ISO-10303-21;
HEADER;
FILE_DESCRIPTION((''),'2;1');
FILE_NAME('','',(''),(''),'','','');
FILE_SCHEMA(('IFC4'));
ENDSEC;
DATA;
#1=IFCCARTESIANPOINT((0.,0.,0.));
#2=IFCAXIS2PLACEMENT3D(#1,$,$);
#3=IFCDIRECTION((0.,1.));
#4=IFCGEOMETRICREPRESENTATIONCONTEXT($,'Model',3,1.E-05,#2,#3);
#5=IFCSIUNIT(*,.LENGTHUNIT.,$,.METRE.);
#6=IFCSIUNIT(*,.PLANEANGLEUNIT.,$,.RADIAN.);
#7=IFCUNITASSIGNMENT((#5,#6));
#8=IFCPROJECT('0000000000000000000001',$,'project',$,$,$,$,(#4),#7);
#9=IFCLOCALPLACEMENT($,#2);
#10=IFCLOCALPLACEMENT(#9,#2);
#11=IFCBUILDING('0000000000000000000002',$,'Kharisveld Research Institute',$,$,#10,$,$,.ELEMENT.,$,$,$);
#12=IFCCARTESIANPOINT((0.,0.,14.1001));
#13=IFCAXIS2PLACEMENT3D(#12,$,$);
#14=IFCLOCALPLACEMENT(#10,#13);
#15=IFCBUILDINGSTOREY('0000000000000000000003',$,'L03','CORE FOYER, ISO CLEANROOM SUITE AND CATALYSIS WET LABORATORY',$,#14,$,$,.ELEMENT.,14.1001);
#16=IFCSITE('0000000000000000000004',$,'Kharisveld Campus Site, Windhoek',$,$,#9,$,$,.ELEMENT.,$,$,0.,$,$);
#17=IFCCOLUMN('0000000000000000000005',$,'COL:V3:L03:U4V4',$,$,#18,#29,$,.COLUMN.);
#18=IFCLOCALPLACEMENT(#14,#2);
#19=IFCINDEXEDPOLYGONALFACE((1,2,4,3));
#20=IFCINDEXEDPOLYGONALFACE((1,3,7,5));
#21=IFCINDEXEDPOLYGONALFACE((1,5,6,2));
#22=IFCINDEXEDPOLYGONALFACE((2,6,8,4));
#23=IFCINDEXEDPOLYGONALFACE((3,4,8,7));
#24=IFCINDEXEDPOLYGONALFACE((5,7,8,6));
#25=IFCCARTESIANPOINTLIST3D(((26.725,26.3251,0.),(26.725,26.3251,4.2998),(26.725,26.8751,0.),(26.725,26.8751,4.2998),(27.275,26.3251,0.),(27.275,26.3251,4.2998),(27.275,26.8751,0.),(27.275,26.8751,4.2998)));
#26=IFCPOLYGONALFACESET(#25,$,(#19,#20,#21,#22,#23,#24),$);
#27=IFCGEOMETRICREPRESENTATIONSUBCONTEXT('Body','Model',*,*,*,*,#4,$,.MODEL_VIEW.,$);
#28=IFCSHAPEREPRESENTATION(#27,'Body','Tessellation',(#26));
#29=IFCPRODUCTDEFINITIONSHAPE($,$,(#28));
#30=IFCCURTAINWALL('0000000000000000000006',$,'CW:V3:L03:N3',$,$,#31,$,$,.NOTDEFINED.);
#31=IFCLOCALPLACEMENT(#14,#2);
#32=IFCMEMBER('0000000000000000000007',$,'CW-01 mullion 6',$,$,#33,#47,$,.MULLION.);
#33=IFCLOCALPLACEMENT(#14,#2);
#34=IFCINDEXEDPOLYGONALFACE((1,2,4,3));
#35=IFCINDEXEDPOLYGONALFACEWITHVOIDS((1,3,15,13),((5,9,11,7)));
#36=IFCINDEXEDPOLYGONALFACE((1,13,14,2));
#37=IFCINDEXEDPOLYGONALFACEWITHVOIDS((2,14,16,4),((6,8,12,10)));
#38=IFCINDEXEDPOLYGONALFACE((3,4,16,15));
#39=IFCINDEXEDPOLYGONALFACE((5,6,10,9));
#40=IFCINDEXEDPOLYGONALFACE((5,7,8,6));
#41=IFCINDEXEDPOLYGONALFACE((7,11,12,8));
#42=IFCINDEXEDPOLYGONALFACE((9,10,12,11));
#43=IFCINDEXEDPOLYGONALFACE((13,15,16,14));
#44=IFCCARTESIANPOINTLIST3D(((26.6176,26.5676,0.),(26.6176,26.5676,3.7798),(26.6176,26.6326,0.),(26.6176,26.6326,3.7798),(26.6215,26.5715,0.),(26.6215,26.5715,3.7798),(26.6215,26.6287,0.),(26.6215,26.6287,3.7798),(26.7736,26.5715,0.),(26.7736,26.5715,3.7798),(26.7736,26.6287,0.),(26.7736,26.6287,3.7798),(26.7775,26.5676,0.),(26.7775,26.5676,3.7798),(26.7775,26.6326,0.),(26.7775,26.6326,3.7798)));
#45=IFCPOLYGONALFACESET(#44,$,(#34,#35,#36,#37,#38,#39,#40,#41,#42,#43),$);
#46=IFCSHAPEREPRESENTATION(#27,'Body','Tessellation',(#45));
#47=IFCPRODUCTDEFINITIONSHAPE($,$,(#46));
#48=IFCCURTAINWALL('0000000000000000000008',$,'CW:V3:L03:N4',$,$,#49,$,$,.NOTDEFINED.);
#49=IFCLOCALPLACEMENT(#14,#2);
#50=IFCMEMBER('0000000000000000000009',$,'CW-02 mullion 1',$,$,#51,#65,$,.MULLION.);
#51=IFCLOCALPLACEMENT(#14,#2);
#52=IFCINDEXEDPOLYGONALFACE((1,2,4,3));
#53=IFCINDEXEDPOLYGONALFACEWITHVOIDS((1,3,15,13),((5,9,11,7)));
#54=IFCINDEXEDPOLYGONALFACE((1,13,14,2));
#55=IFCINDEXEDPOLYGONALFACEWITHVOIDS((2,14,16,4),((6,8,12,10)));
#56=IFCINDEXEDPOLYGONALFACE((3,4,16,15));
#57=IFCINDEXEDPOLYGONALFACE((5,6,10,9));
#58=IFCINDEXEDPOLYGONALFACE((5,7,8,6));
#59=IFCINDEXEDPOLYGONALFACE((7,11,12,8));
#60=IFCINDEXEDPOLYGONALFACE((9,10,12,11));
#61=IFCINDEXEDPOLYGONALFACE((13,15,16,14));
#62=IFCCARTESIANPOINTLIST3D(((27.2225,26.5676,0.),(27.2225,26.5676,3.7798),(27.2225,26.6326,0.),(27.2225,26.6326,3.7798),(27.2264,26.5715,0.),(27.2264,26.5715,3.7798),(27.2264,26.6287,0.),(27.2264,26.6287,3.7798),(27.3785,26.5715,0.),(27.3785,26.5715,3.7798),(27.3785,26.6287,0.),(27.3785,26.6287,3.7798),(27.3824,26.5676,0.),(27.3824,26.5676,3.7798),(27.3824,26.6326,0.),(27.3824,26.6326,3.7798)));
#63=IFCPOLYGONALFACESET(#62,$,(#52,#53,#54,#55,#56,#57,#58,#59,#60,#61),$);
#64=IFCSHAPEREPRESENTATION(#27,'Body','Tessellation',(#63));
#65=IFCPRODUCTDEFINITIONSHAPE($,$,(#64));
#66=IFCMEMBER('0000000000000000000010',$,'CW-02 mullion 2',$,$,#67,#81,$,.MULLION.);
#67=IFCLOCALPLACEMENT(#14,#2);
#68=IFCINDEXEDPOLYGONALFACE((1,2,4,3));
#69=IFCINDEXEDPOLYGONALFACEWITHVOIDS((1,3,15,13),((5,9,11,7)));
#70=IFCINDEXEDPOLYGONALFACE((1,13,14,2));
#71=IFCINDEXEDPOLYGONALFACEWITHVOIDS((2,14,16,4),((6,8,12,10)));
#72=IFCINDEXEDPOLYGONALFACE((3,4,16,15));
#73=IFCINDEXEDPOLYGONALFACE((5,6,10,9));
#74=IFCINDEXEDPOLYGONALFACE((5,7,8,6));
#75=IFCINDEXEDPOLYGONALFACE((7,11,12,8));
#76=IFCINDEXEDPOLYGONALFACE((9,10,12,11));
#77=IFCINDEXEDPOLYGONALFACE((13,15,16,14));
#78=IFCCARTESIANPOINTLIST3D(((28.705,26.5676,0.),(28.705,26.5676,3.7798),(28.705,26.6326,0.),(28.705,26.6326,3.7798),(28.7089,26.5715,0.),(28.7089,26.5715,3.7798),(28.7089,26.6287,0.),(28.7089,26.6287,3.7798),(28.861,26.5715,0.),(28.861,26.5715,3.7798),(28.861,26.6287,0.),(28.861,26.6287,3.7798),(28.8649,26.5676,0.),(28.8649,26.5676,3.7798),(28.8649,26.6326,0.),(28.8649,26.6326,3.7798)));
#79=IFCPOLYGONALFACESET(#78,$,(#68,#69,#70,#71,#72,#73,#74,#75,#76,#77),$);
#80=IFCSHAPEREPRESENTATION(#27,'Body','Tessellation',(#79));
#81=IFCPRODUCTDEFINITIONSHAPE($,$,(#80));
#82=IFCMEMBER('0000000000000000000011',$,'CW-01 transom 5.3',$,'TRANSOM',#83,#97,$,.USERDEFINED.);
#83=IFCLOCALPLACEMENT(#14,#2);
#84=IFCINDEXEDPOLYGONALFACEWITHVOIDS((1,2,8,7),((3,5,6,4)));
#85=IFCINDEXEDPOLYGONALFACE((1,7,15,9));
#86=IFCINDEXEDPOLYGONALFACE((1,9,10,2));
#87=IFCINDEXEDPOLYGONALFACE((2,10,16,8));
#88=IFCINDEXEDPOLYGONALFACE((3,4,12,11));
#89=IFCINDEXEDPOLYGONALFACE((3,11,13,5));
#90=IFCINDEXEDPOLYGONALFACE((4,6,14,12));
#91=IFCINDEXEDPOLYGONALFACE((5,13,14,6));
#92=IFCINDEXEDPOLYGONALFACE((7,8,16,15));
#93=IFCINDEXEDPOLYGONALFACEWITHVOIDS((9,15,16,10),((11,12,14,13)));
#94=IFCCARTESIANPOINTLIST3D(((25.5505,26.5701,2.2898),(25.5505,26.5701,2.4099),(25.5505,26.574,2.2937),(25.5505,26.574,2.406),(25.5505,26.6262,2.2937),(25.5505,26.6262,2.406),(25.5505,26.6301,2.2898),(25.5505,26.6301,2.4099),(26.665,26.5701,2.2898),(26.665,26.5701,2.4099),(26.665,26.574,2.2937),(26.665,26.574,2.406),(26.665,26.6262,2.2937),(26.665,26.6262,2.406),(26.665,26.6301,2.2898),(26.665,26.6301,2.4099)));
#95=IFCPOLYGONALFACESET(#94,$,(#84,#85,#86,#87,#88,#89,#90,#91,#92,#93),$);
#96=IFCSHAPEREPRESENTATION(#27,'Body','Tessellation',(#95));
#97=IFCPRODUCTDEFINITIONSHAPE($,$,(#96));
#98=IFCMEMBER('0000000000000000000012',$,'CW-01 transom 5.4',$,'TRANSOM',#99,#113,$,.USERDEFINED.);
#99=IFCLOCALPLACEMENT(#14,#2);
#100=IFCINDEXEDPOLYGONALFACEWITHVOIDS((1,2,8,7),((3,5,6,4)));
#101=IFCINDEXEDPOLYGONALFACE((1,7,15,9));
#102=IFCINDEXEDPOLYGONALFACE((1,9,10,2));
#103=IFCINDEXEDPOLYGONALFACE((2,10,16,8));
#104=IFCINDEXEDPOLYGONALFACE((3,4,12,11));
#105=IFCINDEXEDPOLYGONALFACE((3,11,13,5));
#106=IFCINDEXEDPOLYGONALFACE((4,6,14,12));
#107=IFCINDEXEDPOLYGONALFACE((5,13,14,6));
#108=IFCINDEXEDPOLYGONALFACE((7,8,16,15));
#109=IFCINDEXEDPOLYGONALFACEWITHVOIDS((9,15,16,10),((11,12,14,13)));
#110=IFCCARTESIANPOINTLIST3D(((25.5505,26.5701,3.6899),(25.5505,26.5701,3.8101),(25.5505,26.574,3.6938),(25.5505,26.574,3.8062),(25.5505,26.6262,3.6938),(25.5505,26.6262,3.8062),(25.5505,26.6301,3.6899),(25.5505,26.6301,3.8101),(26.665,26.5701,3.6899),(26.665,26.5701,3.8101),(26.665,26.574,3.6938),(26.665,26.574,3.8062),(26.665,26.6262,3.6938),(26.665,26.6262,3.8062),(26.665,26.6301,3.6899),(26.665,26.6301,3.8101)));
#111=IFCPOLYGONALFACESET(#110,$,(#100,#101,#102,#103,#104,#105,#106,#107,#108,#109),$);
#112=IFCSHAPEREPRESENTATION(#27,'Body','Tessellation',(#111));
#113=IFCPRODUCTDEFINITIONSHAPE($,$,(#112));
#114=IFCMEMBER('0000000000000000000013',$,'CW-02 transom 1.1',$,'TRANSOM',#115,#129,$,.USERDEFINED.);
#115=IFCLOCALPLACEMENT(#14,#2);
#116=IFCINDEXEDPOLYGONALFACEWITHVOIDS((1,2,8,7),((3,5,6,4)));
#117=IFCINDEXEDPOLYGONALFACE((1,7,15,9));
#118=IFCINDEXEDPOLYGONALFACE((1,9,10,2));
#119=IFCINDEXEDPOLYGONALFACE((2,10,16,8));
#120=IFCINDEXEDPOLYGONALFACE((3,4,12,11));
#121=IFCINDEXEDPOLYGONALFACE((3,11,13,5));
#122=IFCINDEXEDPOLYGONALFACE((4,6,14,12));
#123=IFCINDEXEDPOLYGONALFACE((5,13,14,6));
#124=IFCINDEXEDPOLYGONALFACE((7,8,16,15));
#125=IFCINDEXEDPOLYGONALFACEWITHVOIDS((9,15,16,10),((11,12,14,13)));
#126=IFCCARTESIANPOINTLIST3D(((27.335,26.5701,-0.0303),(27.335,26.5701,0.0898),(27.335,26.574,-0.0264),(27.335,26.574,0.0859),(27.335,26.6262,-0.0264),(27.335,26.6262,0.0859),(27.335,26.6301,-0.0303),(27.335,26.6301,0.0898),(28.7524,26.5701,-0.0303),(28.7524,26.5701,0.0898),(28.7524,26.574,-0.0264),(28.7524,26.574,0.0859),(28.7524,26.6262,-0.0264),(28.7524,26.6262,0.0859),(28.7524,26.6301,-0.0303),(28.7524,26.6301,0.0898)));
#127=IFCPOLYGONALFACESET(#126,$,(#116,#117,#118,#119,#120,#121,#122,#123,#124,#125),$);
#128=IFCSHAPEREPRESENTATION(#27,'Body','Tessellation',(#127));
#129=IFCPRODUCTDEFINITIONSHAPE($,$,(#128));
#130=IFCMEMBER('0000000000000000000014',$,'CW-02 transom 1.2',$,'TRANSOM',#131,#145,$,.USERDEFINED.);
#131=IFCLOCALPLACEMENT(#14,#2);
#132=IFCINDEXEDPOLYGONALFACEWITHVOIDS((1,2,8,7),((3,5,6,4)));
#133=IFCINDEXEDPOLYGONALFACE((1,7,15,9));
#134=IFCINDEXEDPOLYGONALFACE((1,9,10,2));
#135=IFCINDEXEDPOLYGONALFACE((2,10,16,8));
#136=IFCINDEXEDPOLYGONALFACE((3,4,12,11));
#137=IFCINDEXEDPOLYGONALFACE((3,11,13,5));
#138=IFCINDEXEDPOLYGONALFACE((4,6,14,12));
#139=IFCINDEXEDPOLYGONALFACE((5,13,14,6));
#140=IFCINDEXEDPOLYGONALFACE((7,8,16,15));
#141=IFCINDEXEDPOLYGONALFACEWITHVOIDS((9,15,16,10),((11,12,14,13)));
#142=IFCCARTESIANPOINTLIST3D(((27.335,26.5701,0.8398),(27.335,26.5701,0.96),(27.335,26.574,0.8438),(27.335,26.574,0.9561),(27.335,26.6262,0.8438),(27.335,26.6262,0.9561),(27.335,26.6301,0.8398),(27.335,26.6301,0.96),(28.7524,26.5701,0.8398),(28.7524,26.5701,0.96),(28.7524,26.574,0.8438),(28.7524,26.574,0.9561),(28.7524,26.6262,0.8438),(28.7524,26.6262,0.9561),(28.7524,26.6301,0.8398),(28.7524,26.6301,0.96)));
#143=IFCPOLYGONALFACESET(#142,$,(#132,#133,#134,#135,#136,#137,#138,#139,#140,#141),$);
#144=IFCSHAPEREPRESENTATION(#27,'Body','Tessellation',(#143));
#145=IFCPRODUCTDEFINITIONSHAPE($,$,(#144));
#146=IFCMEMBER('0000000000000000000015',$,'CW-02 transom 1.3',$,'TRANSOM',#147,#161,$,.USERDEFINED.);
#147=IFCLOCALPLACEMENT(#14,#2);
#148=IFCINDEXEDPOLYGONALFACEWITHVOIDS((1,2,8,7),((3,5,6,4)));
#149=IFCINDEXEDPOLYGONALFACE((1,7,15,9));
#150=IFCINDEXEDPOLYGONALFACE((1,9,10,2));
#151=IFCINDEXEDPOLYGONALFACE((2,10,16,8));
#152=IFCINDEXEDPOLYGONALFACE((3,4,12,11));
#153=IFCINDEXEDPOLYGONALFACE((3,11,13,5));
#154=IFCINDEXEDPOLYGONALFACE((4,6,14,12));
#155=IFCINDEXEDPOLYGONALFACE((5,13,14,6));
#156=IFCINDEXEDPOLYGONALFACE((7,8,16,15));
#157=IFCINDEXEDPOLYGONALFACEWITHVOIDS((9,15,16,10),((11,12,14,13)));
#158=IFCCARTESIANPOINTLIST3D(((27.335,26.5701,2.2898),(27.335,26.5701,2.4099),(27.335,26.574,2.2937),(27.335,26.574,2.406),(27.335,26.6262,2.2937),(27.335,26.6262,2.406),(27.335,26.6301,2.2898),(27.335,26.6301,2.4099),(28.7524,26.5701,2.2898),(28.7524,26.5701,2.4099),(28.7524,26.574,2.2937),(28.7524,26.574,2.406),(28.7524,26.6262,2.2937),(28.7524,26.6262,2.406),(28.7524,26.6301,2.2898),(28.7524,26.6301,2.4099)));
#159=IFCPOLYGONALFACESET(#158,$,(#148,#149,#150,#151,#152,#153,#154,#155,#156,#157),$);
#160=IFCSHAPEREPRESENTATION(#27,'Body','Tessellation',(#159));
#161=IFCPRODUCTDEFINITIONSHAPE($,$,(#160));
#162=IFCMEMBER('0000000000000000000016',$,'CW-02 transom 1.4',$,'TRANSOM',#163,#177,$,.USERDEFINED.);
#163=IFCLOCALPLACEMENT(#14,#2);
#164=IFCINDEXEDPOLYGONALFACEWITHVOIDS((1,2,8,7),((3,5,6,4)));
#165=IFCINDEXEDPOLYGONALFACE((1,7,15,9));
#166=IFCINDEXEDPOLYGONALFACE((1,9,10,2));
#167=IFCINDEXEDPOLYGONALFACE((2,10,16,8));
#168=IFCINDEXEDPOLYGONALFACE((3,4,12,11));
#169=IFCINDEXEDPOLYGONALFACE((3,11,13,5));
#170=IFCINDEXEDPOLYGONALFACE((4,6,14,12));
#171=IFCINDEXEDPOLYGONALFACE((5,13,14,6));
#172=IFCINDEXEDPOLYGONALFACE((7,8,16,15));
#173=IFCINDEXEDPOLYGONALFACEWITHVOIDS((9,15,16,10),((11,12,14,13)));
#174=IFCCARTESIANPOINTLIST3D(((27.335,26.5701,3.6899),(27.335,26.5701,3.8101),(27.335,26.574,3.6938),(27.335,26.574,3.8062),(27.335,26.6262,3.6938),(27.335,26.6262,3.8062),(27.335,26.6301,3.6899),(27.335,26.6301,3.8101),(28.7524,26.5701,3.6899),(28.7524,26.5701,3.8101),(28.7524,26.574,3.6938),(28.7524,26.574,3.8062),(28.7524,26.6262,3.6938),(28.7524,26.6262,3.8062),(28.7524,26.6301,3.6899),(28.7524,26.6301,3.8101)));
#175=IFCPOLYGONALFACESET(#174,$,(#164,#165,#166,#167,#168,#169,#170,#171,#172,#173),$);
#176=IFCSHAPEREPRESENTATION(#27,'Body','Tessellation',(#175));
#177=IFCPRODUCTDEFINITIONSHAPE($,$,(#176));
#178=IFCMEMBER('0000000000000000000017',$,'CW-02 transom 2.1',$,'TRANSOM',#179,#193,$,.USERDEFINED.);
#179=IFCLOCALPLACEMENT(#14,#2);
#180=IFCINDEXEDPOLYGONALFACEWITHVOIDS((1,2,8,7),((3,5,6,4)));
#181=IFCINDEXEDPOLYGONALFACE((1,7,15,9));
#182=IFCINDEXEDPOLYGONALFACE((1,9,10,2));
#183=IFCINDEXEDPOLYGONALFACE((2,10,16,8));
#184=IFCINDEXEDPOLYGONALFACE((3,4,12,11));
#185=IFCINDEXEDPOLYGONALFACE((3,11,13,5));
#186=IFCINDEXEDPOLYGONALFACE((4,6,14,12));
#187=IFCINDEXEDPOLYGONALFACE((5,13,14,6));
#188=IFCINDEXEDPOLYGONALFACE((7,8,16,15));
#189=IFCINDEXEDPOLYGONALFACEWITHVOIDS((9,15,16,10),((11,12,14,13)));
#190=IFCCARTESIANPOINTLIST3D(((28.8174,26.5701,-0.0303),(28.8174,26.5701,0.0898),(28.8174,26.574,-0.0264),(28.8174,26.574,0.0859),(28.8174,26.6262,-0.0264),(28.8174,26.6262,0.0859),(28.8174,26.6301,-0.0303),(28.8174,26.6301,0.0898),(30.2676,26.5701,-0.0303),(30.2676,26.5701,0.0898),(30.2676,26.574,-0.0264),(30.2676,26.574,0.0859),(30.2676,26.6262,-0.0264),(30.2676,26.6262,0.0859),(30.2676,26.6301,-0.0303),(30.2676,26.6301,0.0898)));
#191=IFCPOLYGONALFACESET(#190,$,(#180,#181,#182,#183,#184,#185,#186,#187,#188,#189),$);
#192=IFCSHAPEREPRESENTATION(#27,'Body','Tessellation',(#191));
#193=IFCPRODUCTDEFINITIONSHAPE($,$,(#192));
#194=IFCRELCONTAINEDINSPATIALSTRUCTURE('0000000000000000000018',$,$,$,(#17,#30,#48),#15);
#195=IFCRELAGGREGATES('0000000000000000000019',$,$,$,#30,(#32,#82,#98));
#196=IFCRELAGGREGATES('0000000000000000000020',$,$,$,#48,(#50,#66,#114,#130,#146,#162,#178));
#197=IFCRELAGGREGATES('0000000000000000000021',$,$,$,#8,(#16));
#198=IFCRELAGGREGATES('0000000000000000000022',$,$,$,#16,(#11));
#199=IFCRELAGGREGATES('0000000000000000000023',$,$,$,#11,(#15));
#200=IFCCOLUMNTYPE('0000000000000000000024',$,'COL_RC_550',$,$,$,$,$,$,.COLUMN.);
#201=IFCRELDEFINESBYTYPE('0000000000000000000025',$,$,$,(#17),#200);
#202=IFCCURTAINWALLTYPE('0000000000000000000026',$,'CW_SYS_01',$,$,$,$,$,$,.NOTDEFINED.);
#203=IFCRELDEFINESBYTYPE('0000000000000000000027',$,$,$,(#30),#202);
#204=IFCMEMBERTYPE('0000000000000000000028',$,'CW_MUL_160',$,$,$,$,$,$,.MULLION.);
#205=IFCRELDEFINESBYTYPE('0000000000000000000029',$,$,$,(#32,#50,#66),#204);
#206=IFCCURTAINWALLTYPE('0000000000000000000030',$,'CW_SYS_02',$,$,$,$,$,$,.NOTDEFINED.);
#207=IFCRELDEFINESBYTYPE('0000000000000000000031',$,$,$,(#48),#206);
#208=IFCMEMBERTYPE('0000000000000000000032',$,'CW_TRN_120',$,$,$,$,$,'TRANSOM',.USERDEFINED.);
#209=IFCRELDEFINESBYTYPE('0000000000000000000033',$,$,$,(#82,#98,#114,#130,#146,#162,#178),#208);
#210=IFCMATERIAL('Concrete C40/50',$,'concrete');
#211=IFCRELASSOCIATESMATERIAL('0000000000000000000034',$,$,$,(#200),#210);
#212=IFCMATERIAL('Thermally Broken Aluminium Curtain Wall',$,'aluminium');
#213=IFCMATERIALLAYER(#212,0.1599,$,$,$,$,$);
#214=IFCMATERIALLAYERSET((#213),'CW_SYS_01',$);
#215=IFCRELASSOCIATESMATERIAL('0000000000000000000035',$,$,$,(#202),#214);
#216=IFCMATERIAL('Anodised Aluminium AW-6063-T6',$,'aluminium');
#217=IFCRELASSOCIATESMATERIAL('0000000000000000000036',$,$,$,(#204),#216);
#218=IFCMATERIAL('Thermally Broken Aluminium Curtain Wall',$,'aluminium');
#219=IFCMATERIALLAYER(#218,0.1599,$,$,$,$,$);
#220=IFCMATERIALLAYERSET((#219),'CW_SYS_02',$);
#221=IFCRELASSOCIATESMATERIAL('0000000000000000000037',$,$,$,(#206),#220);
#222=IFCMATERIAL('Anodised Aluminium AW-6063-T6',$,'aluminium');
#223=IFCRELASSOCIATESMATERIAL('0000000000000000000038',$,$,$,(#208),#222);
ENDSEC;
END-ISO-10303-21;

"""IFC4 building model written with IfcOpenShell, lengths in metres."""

from ifc_helpers import new_model, si_unit, direction, frame, origin, origin_2d, place, context, subcontext, project, spatial, rectangle, hollow_rectangle, extrude, material, layer, layer_set, material_profile, profile_set, type_object, element, aggregate, save


model = new_model("IFC4")

# Units and contexts
model_context = context("Model", 3, precision=1e-05, world=origin(), true_north=direction((0.0, 1.0)))
body_context = subcontext(model_context, "Body", "Model", "MODEL_VIEW")
ifc_project = project(units=[si_unit("LENGTHUNIT", "METRE"), si_unit("PLANEANGLEUNIT", "RADIAN")], contexts=[model_context])

# Site, building, storey
site_placement = place(None, origin())
site = spatial("IfcSite", under=ifc_project, at=site_placement, Name="Kharisveld Campus Site, Windhoek", CompositionType="ELEMENT", RefElevation=0.0)
building_placement = place(site_placement, origin())
building = spatial("IfcBuilding", under=site, at=building_placement, Name="Kharisveld Research Institute", CompositionType="ELEMENT")
storey_placement = place(building_placement, frame((0.0, 0.0, 14.1001)))
storey = spatial("IfcBuildingStorey", under=building, at=storey_placement, Name="L03", Description="CORE FOYER, ISO CLEANROOM SUITE AND CATALYSIS WET LABORATORY", CompositionType="ELEMENT", Elevation=14.1001)

# Column
ifc_material_1 = material(Name="Concrete C40/50", Category="concrete")
ifc_material_profile_1 = material_profile(ifc_material_1, rectangle(XDim=0.55, YDim=0.55, at=origin_2d()))
ifc_profile_set_1 = profile_set([ifc_material_profile_1], Name="Concrete C40/50")
column_type = type_object("IfcColumnType", Name="COL_RC_550", PredefinedType="COLUMN", material=ifc_profile_set_1)
column_placement = place(storey_placement, frame((27.0, 26.6001, 0.0), z_axis=(0.0, 0.0, 1.0), x_axis=(1.0, 0.0, 0.0)))
element("IfcColumn", 1, at=column_placement, inside=storey, type_object=column_type, Name="COL:V3:L03:U4V4", PredefinedType="COLUMN", context=body_context, shape_type="SweptSolid", body=[
    extrude(rectangle(XDim=0.55, YDim=0.55, at=origin_2d()), origin(), (0.0, 0.0, 1.0), 4.2998),
])

# Curtain wall, member
ifc_material_2 = material(Name="Thermally Broken Aluminium Curtain Wall", Category="aluminium")
ifc_layer_1 = layer(ifc_material_2, 0.1599)
ifc_layer_set_1 = layer_set([ifc_layer_1], Name="CW_SYS_01")
curtain_wall_type_1 = type_object("IfcCurtainWallType", Name="CW_SYS_01", PredefinedType="NOTDEFINED", material=ifc_layer_set_1)
curtain_wall_1_placement = place(storey_placement, origin())
curtain_wall_1 = element("IfcCurtainWall", 2, at=curtain_wall_1_placement, inside=storey, type_object=curtain_wall_type_1, Name="CW:V3:L03:N3", PredefinedType="NOTDEFINED")
ifc_material_3 = material(Name="Anodised Aluminium AW-6063-T6", Category="aluminium")
ifc_material_profile_2 = material_profile(ifc_material_3, hollow_rectangle(XDim=0.0649, YDim=0.1599, WallThickness=0.0039, at=origin_2d()))
ifc_profile_set_2 = profile_set([ifc_material_profile_2], Name="Anodised Aluminium AW-6063-T6")
member_type_1 = type_object("IfcMemberType", Name="CW_MUL_160", PredefinedType="MULLION", material=ifc_profile_set_2)
member_1_placement = place(storey_placement, frame((26.6975, 26.6001, 0.0), z_axis=(0.0, 0.0, 1.0), x_axis=(0.0, 1.0, 0.0)))
member_1 = element("IfcMember", 3, at=member_1_placement, type_object=member_type_1, Name="CW-01 mullion 6", PredefinedType="MULLION", context=body_context, shape_type="SweptSolid", body=[
    extrude(hollow_rectangle(XDim=0.0649, YDim=0.1599, WallThickness=0.0039, at=origin_2d()), origin(), (0.0, 0.0, 1.0), 3.7798),
])

# Curtain wall, members
ifc_material_4 = material(Name="Thermally Broken Aluminium Curtain Wall", Category="aluminium")
ifc_layer_2 = layer(ifc_material_4, 0.1599)
ifc_layer_set_2 = layer_set([ifc_layer_2], Name="CW_SYS_02")
curtain_wall_type_2 = type_object("IfcCurtainWallType", Name="CW_SYS_02", PredefinedType="NOTDEFINED", material=ifc_layer_set_2)
curtain_wall_2_placement = place(storey_placement, origin())
curtain_wall_2 = element("IfcCurtainWall", 4, at=curtain_wall_2_placement, inside=storey, type_object=curtain_wall_type_2, Name="CW:V3:L03:N4", PredefinedType="NOTDEFINED")
member_2_placement = place(storey_placement, frame((27.3025, 26.6001, 0.0), z_axis=(0.0, 0.0, 1.0), x_axis=(0.0, 1.0, 0.0)))
member_2 = element("IfcMember", 5, at=member_2_placement, type_object=member_type_1, Name="CW-02 mullion 1", PredefinedType="MULLION", context=body_context, shape_type="SweptSolid", body=[
    extrude(hollow_rectangle(XDim=0.0649, YDim=0.1599, WallThickness=0.0039, at=origin_2d()), origin(), (0.0, 0.0, 1.0), 3.7798),
])
member_3_placement = place(storey_placement, frame((28.7849, 26.6001, 0.0), z_axis=(0.0, 0.0, 1.0), x_axis=(0.0, 1.0, 0.0)))
member_3 = element("IfcMember", 6, at=member_3_placement, type_object=member_type_1, Name="CW-02 mullion 2", PredefinedType="MULLION", context=body_context, shape_type="SweptSolid", body=[
    extrude(hollow_rectangle(XDim=0.0649, YDim=0.1599, WallThickness=0.0039, at=origin_2d()), origin(), (0.0, 0.0, 1.0), 3.7798),
])

# Members
ifc_material_5 = material(Name="Anodised Aluminium AW-6063-T6", Category="aluminium")
ifc_material_profile_3 = material_profile(ifc_material_5, hollow_rectangle(XDim=0.0601, YDim=0.1201, WallThickness=0.0039, at=origin_2d()))
ifc_profile_set_3 = profile_set([ifc_material_profile_3], Name="Anodised Aluminium AW-6063-T6")
member_type_2 = type_object("IfcMemberType", Name="CW_TRN_120", ElementType="TRANSOM", PredefinedType="USERDEFINED", material=ifc_profile_set_3)
member_4_placement = place(storey_placement, frame((25.5505, 26.6001, 2.3499), z_axis=(1.0, 0.0, 0.0), x_axis=(0.0, 1.0, 0.0)))
member_4 = element("IfcMember", 7, at=member_4_placement, type_object=member_type_2, Name="CW-01 transom 5.3", ObjectType="TRANSOM", PredefinedType="USERDEFINED", context=body_context, shape_type="SweptSolid", body=[
    extrude(hollow_rectangle(XDim=0.0601, YDim=0.1201, WallThickness=0.0039, at=origin_2d()), origin(), (0.0, 0.0, 1.0), 1.1145),
])
member_5_placement = place(storey_placement, frame((25.5505, 26.6001, 3.75), z_axis=(1.0, 0.0, 0.0), x_axis=(0.0, 1.0, 0.0)))
member_5 = element("IfcMember", 8, at=member_5_placement, type_object=member_type_2, Name="CW-01 transom 5.4", ObjectType="TRANSOM", PredefinedType="USERDEFINED", context=body_context, shape_type="SweptSolid", body=[
    extrude(hollow_rectangle(XDim=0.0601, YDim=0.1201, WallThickness=0.0039, at=origin_2d()), origin(), (0.0, 0.0, 1.0), 1.1145),
])
member_6_placement = place(storey_placement, frame((27.335, 26.6001, 0.0298), z_axis=(1.0, 0.0, 0.0), x_axis=(0.0, 1.0, 0.0)))
member_6 = element("IfcMember", 9, at=member_6_placement, type_object=member_type_2, Name="CW-02 transom 1.1", ObjectType="TRANSOM", PredefinedType="USERDEFINED", context=body_context, shape_type="SweptSolid", body=[
    extrude(hollow_rectangle(XDim=0.0601, YDim=0.1201, WallThickness=0.0039, at=origin_2d()), origin(), (0.0, 0.0, 1.0), 1.4175),
])
member_7_placement = place(storey_placement, frame((27.335, 26.6001, 0.8999), z_axis=(1.0, 0.0, 0.0), x_axis=(0.0, 1.0, 0.0)))
member_7 = element("IfcMember", 10, at=member_7_placement, type_object=member_type_2, Name="CW-02 transom 1.2", ObjectType="TRANSOM", PredefinedType="USERDEFINED", context=body_context, shape_type="SweptSolid", body=[
    extrude(hollow_rectangle(XDim=0.0601, YDim=0.1201, WallThickness=0.0039, at=origin_2d()), origin(), (0.0, 0.0, 1.0), 1.4175),
])
member_8_placement = place(storey_placement, frame((27.335, 26.6001, 2.3499), z_axis=(1.0, 0.0, 0.0), x_axis=(0.0, 1.0, 0.0)))
member_8 = element("IfcMember", 11, at=member_8_placement, type_object=member_type_2, Name="CW-02 transom 1.3", ObjectType="TRANSOM", PredefinedType="USERDEFINED", context=body_context, shape_type="SweptSolid", body=[
    extrude(hollow_rectangle(XDim=0.0601, YDim=0.1201, WallThickness=0.0039, at=origin_2d()), origin(), (0.0, 0.0, 1.0), 1.4175),
])
member_9_placement = place(storey_placement, frame((27.335, 26.6001, 3.75), z_axis=(1.0, 0.0, 0.0), x_axis=(0.0, 1.0, 0.0)))
member_9 = element("IfcMember", 12, at=member_9_placement, type_object=member_type_2, Name="CW-02 transom 1.4", ObjectType="TRANSOM", PredefinedType="USERDEFINED", context=body_context, shape_type="SweptSolid", body=[
    extrude(hollow_rectangle(XDim=0.0601, YDim=0.1201, WallThickness=0.0039, at=origin_2d()), origin(), (0.0, 0.0, 1.0), 1.4175),
])
member_10_placement = place(storey_placement, frame((28.8174, 26.6001, 0.0298), z_axis=(1.0, 0.0, 0.0), x_axis=(0.0, 1.0, 0.0)))
member_10 = element("IfcMember", 13, at=member_10_placement, type_object=member_type_2, Name="CW-02 transom 2.1", ObjectType="TRANSOM", PredefinedType="USERDEFINED", context=body_context, shape_type="SweptSolid", body=[
    extrude(hollow_rectangle(XDim=0.0601, YDim=0.1201, WallThickness=0.0039, at=origin_2d()), origin(), (0.0, 0.0, 1.0), 1.4502),
])

aggregate(curtain_wall_1, [member_1, member_4, member_5])
aggregate(curtain_wall_2, [member_2, member_3, member_6, member_7, member_8, member_9, member_10])

save(model, "model.ifc")
